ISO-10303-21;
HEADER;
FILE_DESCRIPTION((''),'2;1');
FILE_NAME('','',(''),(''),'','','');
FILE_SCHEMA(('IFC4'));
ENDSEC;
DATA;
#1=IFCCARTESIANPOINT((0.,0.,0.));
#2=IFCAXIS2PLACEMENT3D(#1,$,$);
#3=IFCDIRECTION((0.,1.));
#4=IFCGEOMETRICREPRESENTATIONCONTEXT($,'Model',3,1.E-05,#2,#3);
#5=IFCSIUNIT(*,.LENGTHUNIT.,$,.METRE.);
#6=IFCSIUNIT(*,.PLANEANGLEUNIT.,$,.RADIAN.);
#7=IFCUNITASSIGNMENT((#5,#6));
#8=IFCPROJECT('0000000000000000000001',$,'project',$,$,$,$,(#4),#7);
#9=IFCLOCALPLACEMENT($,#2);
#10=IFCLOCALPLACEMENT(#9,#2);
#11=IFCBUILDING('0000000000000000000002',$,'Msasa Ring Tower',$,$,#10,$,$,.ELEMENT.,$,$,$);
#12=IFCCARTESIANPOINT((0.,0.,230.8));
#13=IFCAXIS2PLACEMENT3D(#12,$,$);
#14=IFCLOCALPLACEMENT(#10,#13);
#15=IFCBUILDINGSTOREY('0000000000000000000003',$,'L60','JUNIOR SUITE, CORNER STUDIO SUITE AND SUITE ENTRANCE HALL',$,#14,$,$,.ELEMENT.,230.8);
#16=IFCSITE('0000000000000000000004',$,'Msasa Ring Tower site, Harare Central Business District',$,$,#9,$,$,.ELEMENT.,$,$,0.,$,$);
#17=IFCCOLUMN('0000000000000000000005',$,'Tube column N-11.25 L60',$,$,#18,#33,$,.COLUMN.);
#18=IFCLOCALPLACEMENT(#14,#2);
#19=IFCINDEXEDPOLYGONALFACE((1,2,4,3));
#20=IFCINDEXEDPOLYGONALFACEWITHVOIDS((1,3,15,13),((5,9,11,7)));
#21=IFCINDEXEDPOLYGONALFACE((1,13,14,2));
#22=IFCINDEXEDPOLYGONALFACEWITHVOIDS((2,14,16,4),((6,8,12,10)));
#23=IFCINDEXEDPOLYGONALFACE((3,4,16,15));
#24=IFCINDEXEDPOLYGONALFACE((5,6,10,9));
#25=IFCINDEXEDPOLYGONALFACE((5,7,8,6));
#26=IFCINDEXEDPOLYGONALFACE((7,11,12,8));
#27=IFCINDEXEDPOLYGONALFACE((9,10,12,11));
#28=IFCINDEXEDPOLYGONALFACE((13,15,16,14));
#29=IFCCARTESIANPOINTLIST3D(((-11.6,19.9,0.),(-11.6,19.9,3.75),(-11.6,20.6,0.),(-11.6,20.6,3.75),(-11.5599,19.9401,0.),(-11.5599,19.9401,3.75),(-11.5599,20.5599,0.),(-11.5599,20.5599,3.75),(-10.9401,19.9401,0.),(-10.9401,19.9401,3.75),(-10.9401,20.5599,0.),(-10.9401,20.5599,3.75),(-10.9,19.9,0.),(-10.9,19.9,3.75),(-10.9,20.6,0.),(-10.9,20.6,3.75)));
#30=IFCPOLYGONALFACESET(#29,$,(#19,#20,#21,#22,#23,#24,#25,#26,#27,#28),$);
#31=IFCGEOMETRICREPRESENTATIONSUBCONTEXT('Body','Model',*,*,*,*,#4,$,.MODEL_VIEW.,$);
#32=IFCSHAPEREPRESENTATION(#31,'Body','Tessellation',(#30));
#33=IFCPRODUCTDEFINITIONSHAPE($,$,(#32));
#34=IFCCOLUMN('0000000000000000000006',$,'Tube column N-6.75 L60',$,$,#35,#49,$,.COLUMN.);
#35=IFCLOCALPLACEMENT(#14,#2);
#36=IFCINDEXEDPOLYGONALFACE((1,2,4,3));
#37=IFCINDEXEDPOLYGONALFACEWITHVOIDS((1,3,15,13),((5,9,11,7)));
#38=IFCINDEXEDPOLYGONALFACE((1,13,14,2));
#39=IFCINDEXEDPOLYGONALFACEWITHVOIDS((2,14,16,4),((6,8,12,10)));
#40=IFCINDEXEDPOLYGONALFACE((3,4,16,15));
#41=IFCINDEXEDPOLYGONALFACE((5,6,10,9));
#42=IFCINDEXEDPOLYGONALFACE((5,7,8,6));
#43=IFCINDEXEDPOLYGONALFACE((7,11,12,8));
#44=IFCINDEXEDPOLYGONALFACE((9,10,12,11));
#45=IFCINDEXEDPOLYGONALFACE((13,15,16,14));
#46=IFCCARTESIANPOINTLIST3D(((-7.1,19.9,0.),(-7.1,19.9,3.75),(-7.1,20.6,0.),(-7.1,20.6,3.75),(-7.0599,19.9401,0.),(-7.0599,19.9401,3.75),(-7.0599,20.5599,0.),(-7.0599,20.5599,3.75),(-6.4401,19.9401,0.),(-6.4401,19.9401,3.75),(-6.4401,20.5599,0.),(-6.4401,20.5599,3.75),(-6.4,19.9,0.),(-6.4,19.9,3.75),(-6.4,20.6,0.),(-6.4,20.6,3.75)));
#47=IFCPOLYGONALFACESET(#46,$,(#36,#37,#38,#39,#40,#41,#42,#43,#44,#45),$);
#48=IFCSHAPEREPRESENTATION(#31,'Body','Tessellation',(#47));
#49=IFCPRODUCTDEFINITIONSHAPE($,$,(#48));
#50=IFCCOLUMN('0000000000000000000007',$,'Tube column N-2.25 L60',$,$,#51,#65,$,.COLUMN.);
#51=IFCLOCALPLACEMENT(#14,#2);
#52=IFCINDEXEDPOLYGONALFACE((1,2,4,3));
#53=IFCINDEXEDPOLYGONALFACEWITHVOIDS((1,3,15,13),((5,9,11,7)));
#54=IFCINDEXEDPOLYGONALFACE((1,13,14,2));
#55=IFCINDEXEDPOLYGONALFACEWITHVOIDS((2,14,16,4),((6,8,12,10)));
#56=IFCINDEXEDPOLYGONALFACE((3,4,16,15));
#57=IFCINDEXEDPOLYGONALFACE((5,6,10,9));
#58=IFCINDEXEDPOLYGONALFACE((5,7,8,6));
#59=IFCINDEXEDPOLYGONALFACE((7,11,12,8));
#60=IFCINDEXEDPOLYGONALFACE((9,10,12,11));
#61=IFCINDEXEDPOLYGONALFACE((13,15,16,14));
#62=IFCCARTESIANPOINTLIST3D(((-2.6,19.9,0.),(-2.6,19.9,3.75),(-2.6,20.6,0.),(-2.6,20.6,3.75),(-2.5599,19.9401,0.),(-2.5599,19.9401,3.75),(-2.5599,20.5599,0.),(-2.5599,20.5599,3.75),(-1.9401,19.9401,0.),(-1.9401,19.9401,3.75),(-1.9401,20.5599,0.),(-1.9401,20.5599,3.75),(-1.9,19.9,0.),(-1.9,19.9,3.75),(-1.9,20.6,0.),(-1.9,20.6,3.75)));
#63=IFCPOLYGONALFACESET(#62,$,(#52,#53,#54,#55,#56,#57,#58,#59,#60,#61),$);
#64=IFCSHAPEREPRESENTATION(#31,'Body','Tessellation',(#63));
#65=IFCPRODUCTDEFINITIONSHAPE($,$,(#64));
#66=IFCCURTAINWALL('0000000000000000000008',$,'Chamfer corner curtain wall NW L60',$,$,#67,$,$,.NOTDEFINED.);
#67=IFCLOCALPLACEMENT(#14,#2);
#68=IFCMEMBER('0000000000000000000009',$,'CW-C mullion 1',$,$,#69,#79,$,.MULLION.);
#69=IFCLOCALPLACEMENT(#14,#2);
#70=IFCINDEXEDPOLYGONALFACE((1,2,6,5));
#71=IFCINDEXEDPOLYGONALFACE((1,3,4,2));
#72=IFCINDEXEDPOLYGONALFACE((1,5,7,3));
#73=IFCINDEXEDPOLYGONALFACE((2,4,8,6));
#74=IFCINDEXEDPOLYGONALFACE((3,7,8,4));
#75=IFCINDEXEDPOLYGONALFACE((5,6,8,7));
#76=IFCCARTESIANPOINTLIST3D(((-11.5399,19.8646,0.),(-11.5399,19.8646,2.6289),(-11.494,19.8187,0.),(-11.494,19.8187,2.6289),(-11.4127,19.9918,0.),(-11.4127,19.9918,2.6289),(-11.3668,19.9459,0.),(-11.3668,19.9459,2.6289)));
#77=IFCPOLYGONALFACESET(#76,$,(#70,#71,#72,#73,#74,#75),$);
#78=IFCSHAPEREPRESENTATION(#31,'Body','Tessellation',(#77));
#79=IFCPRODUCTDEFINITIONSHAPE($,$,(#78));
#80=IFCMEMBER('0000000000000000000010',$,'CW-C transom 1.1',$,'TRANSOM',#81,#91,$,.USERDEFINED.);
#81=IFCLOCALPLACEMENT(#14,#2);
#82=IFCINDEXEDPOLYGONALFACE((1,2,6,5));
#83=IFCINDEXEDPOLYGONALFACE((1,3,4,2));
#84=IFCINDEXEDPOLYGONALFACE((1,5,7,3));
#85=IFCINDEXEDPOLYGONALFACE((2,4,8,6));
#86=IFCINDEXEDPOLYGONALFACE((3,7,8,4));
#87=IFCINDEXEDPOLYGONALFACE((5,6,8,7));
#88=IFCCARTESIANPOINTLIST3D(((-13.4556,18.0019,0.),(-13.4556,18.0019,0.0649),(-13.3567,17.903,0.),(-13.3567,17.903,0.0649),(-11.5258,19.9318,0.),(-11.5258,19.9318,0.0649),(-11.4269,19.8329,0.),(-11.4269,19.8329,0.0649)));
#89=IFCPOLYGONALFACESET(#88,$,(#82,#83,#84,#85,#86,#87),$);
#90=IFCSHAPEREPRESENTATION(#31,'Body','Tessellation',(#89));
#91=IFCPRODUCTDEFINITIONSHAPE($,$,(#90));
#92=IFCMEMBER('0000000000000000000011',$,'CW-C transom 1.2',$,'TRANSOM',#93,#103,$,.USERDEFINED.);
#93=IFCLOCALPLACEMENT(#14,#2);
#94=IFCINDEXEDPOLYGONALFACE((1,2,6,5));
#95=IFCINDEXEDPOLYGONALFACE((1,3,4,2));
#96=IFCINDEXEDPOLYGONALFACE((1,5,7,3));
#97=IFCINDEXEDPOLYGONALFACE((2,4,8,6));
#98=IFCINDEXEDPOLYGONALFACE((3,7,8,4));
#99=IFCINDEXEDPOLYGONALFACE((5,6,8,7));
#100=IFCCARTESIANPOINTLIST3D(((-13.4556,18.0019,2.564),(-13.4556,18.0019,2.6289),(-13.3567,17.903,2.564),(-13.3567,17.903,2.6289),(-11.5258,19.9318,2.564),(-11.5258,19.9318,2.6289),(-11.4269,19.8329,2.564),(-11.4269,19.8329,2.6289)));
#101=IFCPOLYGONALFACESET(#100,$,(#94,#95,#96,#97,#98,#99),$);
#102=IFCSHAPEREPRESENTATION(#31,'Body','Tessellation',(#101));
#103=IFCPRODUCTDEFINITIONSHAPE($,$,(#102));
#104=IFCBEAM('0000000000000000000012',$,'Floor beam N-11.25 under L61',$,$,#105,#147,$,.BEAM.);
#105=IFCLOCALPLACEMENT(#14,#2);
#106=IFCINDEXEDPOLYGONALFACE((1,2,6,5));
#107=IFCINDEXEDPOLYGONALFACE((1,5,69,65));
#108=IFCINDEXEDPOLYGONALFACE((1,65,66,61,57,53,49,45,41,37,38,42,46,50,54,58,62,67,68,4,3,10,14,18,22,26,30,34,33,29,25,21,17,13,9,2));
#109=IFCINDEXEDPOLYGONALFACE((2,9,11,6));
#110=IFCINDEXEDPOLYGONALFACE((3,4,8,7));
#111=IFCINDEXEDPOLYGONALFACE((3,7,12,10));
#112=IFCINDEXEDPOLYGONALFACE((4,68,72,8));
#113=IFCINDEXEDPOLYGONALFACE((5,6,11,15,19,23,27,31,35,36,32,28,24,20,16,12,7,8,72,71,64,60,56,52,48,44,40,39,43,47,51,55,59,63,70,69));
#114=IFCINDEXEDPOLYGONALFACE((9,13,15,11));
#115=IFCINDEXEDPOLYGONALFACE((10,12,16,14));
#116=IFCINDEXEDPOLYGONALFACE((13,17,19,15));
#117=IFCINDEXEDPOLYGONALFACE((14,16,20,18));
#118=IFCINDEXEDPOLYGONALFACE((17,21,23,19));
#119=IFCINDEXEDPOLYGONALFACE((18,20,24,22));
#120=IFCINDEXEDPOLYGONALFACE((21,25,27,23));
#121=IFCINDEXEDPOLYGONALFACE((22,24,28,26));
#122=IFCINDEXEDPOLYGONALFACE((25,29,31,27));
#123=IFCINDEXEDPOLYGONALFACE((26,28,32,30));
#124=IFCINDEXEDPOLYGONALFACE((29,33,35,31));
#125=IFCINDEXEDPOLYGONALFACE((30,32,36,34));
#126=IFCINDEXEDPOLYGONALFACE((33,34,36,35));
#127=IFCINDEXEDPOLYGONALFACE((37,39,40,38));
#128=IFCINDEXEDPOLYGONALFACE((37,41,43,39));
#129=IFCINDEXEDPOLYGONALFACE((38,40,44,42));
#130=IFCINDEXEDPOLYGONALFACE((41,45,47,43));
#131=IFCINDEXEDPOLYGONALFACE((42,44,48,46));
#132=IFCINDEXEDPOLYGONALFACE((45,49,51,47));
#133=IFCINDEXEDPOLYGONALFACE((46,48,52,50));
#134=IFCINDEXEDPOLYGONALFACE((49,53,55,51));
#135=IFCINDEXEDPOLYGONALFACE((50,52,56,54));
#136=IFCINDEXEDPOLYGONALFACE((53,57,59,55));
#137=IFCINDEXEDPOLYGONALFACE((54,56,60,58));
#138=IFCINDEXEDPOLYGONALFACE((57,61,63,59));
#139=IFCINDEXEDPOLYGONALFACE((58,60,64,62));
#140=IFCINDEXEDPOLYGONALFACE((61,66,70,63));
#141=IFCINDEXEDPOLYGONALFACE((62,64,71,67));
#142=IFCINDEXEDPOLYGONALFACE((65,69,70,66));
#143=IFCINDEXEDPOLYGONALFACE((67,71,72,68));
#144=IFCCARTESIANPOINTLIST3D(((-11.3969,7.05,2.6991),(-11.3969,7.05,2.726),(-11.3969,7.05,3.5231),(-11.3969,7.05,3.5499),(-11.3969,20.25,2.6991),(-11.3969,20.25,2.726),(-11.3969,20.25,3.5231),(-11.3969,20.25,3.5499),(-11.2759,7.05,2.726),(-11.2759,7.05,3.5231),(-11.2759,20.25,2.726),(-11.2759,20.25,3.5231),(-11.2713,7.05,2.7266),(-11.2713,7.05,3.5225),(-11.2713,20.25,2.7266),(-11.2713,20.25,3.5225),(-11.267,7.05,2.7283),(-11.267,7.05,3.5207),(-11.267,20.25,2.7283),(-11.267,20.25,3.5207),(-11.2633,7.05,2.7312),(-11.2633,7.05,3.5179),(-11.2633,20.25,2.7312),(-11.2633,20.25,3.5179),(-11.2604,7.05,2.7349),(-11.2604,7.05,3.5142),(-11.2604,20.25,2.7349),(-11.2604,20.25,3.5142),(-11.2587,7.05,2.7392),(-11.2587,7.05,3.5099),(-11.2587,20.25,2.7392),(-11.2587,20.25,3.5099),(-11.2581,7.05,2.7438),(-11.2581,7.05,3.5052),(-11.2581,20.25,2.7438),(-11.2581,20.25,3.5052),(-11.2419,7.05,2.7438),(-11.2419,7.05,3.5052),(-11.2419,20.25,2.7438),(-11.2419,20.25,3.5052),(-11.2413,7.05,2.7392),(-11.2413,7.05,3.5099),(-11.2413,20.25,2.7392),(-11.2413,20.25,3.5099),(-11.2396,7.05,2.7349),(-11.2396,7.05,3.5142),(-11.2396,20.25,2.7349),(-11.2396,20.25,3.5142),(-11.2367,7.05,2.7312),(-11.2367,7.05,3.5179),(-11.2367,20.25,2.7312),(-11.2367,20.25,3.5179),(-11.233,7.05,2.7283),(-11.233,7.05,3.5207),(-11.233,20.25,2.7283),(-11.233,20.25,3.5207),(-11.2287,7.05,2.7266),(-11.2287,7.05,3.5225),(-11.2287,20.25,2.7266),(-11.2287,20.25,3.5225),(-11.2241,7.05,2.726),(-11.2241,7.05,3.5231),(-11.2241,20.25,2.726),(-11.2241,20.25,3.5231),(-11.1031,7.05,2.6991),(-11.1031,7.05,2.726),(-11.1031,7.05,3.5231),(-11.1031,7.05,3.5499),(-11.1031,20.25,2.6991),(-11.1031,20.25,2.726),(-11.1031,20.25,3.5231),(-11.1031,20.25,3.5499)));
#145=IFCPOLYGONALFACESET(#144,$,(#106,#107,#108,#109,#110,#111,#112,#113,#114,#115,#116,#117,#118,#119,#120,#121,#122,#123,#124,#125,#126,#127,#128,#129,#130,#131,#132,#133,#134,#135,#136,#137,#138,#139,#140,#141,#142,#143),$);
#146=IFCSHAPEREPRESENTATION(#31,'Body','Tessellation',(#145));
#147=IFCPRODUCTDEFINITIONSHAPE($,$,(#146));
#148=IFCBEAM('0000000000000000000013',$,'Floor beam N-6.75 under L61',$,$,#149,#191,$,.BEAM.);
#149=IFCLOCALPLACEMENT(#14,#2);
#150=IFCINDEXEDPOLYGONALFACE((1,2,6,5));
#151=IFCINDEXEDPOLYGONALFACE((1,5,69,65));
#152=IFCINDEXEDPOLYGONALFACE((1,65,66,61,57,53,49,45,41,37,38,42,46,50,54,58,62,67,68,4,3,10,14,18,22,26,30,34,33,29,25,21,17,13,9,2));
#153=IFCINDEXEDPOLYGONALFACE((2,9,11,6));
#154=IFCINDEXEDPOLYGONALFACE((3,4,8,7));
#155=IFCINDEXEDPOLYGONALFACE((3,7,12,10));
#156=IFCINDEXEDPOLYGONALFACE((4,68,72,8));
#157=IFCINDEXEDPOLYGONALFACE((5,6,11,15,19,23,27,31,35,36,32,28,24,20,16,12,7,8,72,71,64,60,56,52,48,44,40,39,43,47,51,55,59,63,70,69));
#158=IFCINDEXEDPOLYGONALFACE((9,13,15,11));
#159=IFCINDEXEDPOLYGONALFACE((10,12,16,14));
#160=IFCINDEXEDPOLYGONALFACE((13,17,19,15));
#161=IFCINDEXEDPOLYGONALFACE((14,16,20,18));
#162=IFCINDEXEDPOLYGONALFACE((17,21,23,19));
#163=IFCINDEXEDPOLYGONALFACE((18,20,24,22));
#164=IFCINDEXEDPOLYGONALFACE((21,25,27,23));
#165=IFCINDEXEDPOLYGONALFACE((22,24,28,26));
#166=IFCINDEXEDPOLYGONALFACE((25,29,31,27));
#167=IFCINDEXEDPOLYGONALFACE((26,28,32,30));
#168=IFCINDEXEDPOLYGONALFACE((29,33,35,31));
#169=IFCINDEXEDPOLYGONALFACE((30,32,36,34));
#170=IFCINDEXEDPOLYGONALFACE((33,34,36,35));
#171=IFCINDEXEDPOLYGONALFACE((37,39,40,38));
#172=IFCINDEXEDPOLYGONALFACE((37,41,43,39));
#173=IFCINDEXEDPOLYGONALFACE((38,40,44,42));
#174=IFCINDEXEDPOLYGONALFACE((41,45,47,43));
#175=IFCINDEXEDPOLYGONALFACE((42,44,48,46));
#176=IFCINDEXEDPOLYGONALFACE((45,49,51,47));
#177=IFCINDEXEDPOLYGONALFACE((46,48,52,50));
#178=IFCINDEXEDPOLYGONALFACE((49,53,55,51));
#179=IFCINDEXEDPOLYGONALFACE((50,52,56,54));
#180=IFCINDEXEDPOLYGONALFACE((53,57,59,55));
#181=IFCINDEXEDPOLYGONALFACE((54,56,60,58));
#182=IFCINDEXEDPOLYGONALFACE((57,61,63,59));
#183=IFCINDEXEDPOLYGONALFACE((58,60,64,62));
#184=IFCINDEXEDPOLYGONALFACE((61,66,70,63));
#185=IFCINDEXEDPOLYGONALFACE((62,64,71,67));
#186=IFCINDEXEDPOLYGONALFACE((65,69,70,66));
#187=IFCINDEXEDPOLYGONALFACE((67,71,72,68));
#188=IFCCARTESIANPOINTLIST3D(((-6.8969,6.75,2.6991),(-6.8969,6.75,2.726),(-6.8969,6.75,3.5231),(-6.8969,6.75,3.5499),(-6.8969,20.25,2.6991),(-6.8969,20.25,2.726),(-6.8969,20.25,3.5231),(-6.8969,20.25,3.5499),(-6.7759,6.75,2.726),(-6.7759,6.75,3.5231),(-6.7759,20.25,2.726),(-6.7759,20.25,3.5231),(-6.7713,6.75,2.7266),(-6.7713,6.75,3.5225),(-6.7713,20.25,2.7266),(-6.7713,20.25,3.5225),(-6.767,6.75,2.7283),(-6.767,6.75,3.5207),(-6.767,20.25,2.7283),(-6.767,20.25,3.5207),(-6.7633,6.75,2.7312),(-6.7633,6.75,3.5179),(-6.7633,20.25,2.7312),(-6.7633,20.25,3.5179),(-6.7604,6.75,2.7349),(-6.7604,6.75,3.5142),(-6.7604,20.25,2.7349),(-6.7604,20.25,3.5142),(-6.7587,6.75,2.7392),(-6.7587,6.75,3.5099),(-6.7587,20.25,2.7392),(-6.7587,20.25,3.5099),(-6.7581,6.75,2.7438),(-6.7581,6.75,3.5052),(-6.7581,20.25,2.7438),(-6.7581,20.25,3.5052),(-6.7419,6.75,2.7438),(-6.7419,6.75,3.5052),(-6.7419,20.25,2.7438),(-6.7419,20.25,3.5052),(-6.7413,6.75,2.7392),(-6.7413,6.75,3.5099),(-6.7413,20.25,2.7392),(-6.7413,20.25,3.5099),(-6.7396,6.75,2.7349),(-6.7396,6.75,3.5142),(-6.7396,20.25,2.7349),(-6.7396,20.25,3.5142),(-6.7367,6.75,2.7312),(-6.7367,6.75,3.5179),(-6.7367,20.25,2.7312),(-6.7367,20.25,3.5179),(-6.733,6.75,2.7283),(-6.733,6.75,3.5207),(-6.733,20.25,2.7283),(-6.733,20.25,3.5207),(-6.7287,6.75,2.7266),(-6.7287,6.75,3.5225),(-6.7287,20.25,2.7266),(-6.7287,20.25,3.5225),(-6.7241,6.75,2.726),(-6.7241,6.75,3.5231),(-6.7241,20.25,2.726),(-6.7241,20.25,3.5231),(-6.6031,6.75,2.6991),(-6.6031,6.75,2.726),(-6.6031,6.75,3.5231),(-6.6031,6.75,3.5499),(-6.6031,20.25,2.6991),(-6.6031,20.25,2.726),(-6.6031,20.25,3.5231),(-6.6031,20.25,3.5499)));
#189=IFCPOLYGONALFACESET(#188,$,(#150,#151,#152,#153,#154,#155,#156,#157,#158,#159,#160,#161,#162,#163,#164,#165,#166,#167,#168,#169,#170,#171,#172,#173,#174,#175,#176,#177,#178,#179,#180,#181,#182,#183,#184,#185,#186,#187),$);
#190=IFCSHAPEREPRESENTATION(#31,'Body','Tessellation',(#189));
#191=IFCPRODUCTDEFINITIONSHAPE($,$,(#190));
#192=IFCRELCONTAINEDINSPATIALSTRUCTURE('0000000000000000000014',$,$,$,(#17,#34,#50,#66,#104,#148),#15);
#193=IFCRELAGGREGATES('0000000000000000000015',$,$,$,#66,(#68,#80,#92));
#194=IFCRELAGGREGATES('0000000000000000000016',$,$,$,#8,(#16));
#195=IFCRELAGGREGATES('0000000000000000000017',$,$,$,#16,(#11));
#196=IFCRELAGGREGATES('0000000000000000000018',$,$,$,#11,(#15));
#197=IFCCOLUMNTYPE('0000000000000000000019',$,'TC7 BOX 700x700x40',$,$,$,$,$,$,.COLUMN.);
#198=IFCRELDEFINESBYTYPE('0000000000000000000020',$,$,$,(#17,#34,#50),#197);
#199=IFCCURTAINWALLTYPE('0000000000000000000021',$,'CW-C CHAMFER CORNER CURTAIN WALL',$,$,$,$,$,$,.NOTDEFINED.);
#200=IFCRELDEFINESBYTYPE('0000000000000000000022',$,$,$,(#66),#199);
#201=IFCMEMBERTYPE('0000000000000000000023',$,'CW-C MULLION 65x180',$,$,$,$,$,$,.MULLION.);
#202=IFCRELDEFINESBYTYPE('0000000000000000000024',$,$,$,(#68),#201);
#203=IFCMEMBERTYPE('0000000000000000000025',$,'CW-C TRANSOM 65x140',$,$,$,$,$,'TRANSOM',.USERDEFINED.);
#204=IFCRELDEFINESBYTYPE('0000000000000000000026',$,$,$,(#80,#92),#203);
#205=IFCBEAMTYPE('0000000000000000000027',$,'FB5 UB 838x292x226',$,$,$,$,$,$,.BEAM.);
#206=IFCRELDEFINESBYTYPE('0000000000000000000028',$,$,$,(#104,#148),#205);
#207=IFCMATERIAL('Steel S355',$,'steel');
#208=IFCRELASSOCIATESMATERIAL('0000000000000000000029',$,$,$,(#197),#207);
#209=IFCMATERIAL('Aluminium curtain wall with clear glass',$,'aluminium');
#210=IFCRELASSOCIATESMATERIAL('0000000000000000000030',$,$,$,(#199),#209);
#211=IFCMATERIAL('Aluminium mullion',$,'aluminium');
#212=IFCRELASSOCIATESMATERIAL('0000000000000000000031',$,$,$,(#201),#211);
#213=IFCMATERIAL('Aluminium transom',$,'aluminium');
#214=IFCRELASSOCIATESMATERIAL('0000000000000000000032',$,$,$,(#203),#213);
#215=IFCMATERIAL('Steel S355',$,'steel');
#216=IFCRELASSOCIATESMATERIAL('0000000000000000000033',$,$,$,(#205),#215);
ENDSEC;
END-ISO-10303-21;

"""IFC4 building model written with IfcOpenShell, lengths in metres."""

from ifc_helpers import new_model, si_unit, direction, frame, origin, origin_2d, place, context, subcontext, project, spatial, rectangle, hollow_rectangle, i_section, extrude, material, material_profile, profile_set, type_object, element, aggregate, save


model = new_model("IFC4")

# Units and contexts
model_context = context("Model", 3, precision=1e-05, world=origin(), true_north=direction((0.0, 1.0)))
body_context = subcontext(model_context, "Body", "Model", "MODEL_VIEW")
ifc_project = project(units=[si_unit("LENGTHUNIT", "METRE"), si_unit("PLANEANGLEUNIT", "RADIAN")], contexts=[model_context])

# Site, building, storey
site_placement = place(None, origin())
site = spatial("IfcSite", under=ifc_project, at=site_placement, Name="Msasa Ring Tower site, Harare Central Business District", CompositionType="ELEMENT", RefElevation=0.0)
building_placement = place(site_placement, origin())
building = spatial("IfcBuilding", under=site, at=building_placement, Name="Msasa Ring Tower", CompositionType="ELEMENT")
storey_placement = place(building_placement, frame((0.0, 0.0, 230.8)))
storey = spatial("IfcBuildingStorey", under=building, at=storey_placement, Name="L60", Description="JUNIOR SUITE, CORNER STUDIO SUITE AND SUITE ENTRANCE HALL", CompositionType="ELEMENT", Elevation=230.8)

# Columns
ifc_material_1 = material(Name="Steel S355", Category="steel")
ifc_material_profile_1 = material_profile(ifc_material_1, hollow_rectangle(XDim=0.7, YDim=0.7, WallThickness=0.04, at=origin_2d()), Name="BOX 700x700x40")
ifc_profile_set_1 = profile_set([ifc_material_profile_1], Name="Steel S355")
column_type = type_object("IfcColumnType", Name="TC7 BOX 700x700x40", PredefinedType="COLUMN", material=ifc_profile_set_1)
for number, where, z_axis, x_axis, name in (
    (1, (-11.25, 20.25, 0.0), (0.0, 0.0, 1.0), (0.0, 1.0, 0.0), "Tube column N-11.25 L60"),
    (2, (-6.75, 20.25, 0.0), (0.0, 0.0, 1.0), (0.0, 1.0, 0.0), "Tube column N-6.75 L60"),
    (3, (-2.25, 20.25, 0.0), (0.0, 0.0, 1.0), (0.0, 1.0, 0.0), "Tube column N-2.25 L60"),
):
    element("IfcColumn", number, at=place(storey_placement, frame(where, z_axis=z_axis, x_axis=x_axis)), inside=storey, type_object=column_type, Name=name, PredefinedType="COLUMN", context=body_context, shape_type="SweptSolid", body=[
        extrude(hollow_rectangle(XDim=0.7, YDim=0.7, WallThickness=0.04, at=origin_2d()), origin(), (0.0, 0.0, 1.0), 3.75),
    ])

# Curtain wall, members
ifc_material_2 = material(Name="Aluminium curtain wall with clear glass", Category="aluminium")
curtain_wall_type = type_object("IfcCurtainWallType", Name="CW-C CHAMFER CORNER CURTAIN WALL", PredefinedType="NOTDEFINED", material=ifc_material_2)
curtain_wall_placement = place(storey_placement, origin())
curtain_wall = element("IfcCurtainWall", 4, at=curtain_wall_placement, inside=storey, type_object=curtain_wall_type, Name="Chamfer corner curtain wall NW L60", PredefinedType="NOTDEFINED")
ifc_material_3 = material(Name="Aluminium mullion", Category="aluminium")
ifc_material_profile_2 = material_profile(ifc_material_3, rectangle(XDim=0.0649, YDim=0.1799, at=origin_2d()), Name="AL 65x180")
ifc_profile_set_2 = profile_set([ifc_material_profile_2], Name="Aluminium mullion")
member_type_1 = type_object("IfcMemberType", Name="CW-C MULLION 65x180", PredefinedType="MULLION", material=ifc_profile_set_2)
member_1_placement = place(storey_placement, frame((-11.4534, 19.9053, 0.0), z_axis=(0.0, 0.0, 1.0), x_axis=(0.707107, -0.707107, 0.0)))
member_1 = element("IfcMember", 5, at=member_1_placement, type_object=member_type_1, Name="CW-C mullion 1", PredefinedType="MULLION", context=body_context, shape_type="SweptSolid", body=[
    extrude(rectangle(XDim=0.0649, YDim=0.1799, at=origin_2d()), origin(), (0.0, 0.0, 1.0), 2.6289),
])
ifc_material_4 = material(Name="Aluminium transom", Category="aluminium")
ifc_material_profile_3 = material_profile(ifc_material_4, rectangle(XDim=0.1399, YDim=0.0649, at=origin_2d()), Name="AL 65x140")
ifc_profile_set_3 = profile_set([ifc_material_profile_3], Name="Aluminium transom")
member_type_2 = type_object("IfcMemberType", Name="CW-C TRANSOM 65x140", ElementType="TRANSOM", PredefinedType="USERDEFINED", material=ifc_profile_set_3)
member_2_placement = place(storey_placement, frame((-11.4763, 19.8823, 0.0325), z_axis=(-0.707107, -0.707107, 0.0), x_axis=(0.707107, -0.707107, 0.0)))
member_2 = element("IfcMember", 6, at=member_2_placement, type_object=member_type_2, Name="CW-C transom 1.1", ObjectType="TRANSOM", PredefinedType="USERDEFINED", context=body_context, shape_type="SweptSolid", body=[
    extrude(rectangle(XDim=0.1399, YDim=0.0649, at=origin_2d()), origin(), (0.0, 0.0, 1.0), 2.7292),
])
member_3_placement = place(storey_placement, frame((-11.4763, 19.8823, 2.5964), z_axis=(-0.707107, -0.707107, 0.0), x_axis=(0.707107, -0.707107, 0.0)))
member_3 = element("IfcMember", 7, at=member_3_placement, type_object=member_type_2, Name="CW-C transom 1.2", ObjectType="TRANSOM", PredefinedType="USERDEFINED", context=body_context, shape_type="SweptSolid", body=[
    extrude(rectangle(XDim=0.1399, YDim=0.0649, at=origin_2d()), origin(), (0.0, 0.0, 1.0), 2.7292),
])
aggregate(curtain_wall, [member_1, member_2, member_3])

# Beams
ifc_material_5 = material(Name="Steel S355", Category="steel")
ifc_material_profile_4 = material_profile(ifc_material_5, i_section(OverallWidth=0.2937, OverallDepth=0.8508, WebThickness=0.0161, FlangeThickness=0.0269, FilletRadius=0.0178, at=origin_2d()), Name="UB 838x292x226")
ifc_profile_set_4 = profile_set([ifc_material_profile_4], Name="Steel S355")
beam_type_1 = type_object("IfcBeamType", Name="FB5 UB 838x292x226", PredefinedType="BEAM", material=ifc_profile_set_4)
beam_1_placement = place(storey_placement, frame((-11.25, 20.25, 3.1245), z_axis=(0.0, -1.0, 0.0), x_axis=(1.0, 0.0, 0.0)))
element("IfcBeam", 8, at=beam_1_placement, inside=storey, type_object=beam_type_1, Name="Floor beam N-11.25 under L61", PredefinedType="BEAM", context=body_context, shape_type="SweptSolid", body=[
    extrude(i_section(OverallWidth=0.2937, OverallDepth=0.8508, WebThickness=0.0161, FlangeThickness=0.0269, FilletRadius=0.0178, at=origin_2d()), origin(), (0.0, 0.0, 1.0), 13.2),
])
for number, where, z_axis, x_axis, name in (
    (9, (-6.75, 20.25, 3.1245), (0.0, -1.0, 0.0), (1.0, 0.0, 0.0), "Floor beam N-6.75 under L61"),
):
    element("IfcBeam", number, at=place(storey_placement, frame(where, z_axis=z_axis, x_axis=x_axis)), inside=storey, type_object=beam_type_1, Name=name, PredefinedType="BEAM", context=body_context, shape_type="SweptSolid", body=[
        extrude(i_section(OverallWidth=0.2937, OverallDepth=0.8508, WebThickness=0.0161, FlangeThickness=0.0269, FilletRadius=0.0178, at=origin_2d()), origin(), (0.0, 0.0, 1.0), 13.5),
    ])

save(model, "model.ifc")
